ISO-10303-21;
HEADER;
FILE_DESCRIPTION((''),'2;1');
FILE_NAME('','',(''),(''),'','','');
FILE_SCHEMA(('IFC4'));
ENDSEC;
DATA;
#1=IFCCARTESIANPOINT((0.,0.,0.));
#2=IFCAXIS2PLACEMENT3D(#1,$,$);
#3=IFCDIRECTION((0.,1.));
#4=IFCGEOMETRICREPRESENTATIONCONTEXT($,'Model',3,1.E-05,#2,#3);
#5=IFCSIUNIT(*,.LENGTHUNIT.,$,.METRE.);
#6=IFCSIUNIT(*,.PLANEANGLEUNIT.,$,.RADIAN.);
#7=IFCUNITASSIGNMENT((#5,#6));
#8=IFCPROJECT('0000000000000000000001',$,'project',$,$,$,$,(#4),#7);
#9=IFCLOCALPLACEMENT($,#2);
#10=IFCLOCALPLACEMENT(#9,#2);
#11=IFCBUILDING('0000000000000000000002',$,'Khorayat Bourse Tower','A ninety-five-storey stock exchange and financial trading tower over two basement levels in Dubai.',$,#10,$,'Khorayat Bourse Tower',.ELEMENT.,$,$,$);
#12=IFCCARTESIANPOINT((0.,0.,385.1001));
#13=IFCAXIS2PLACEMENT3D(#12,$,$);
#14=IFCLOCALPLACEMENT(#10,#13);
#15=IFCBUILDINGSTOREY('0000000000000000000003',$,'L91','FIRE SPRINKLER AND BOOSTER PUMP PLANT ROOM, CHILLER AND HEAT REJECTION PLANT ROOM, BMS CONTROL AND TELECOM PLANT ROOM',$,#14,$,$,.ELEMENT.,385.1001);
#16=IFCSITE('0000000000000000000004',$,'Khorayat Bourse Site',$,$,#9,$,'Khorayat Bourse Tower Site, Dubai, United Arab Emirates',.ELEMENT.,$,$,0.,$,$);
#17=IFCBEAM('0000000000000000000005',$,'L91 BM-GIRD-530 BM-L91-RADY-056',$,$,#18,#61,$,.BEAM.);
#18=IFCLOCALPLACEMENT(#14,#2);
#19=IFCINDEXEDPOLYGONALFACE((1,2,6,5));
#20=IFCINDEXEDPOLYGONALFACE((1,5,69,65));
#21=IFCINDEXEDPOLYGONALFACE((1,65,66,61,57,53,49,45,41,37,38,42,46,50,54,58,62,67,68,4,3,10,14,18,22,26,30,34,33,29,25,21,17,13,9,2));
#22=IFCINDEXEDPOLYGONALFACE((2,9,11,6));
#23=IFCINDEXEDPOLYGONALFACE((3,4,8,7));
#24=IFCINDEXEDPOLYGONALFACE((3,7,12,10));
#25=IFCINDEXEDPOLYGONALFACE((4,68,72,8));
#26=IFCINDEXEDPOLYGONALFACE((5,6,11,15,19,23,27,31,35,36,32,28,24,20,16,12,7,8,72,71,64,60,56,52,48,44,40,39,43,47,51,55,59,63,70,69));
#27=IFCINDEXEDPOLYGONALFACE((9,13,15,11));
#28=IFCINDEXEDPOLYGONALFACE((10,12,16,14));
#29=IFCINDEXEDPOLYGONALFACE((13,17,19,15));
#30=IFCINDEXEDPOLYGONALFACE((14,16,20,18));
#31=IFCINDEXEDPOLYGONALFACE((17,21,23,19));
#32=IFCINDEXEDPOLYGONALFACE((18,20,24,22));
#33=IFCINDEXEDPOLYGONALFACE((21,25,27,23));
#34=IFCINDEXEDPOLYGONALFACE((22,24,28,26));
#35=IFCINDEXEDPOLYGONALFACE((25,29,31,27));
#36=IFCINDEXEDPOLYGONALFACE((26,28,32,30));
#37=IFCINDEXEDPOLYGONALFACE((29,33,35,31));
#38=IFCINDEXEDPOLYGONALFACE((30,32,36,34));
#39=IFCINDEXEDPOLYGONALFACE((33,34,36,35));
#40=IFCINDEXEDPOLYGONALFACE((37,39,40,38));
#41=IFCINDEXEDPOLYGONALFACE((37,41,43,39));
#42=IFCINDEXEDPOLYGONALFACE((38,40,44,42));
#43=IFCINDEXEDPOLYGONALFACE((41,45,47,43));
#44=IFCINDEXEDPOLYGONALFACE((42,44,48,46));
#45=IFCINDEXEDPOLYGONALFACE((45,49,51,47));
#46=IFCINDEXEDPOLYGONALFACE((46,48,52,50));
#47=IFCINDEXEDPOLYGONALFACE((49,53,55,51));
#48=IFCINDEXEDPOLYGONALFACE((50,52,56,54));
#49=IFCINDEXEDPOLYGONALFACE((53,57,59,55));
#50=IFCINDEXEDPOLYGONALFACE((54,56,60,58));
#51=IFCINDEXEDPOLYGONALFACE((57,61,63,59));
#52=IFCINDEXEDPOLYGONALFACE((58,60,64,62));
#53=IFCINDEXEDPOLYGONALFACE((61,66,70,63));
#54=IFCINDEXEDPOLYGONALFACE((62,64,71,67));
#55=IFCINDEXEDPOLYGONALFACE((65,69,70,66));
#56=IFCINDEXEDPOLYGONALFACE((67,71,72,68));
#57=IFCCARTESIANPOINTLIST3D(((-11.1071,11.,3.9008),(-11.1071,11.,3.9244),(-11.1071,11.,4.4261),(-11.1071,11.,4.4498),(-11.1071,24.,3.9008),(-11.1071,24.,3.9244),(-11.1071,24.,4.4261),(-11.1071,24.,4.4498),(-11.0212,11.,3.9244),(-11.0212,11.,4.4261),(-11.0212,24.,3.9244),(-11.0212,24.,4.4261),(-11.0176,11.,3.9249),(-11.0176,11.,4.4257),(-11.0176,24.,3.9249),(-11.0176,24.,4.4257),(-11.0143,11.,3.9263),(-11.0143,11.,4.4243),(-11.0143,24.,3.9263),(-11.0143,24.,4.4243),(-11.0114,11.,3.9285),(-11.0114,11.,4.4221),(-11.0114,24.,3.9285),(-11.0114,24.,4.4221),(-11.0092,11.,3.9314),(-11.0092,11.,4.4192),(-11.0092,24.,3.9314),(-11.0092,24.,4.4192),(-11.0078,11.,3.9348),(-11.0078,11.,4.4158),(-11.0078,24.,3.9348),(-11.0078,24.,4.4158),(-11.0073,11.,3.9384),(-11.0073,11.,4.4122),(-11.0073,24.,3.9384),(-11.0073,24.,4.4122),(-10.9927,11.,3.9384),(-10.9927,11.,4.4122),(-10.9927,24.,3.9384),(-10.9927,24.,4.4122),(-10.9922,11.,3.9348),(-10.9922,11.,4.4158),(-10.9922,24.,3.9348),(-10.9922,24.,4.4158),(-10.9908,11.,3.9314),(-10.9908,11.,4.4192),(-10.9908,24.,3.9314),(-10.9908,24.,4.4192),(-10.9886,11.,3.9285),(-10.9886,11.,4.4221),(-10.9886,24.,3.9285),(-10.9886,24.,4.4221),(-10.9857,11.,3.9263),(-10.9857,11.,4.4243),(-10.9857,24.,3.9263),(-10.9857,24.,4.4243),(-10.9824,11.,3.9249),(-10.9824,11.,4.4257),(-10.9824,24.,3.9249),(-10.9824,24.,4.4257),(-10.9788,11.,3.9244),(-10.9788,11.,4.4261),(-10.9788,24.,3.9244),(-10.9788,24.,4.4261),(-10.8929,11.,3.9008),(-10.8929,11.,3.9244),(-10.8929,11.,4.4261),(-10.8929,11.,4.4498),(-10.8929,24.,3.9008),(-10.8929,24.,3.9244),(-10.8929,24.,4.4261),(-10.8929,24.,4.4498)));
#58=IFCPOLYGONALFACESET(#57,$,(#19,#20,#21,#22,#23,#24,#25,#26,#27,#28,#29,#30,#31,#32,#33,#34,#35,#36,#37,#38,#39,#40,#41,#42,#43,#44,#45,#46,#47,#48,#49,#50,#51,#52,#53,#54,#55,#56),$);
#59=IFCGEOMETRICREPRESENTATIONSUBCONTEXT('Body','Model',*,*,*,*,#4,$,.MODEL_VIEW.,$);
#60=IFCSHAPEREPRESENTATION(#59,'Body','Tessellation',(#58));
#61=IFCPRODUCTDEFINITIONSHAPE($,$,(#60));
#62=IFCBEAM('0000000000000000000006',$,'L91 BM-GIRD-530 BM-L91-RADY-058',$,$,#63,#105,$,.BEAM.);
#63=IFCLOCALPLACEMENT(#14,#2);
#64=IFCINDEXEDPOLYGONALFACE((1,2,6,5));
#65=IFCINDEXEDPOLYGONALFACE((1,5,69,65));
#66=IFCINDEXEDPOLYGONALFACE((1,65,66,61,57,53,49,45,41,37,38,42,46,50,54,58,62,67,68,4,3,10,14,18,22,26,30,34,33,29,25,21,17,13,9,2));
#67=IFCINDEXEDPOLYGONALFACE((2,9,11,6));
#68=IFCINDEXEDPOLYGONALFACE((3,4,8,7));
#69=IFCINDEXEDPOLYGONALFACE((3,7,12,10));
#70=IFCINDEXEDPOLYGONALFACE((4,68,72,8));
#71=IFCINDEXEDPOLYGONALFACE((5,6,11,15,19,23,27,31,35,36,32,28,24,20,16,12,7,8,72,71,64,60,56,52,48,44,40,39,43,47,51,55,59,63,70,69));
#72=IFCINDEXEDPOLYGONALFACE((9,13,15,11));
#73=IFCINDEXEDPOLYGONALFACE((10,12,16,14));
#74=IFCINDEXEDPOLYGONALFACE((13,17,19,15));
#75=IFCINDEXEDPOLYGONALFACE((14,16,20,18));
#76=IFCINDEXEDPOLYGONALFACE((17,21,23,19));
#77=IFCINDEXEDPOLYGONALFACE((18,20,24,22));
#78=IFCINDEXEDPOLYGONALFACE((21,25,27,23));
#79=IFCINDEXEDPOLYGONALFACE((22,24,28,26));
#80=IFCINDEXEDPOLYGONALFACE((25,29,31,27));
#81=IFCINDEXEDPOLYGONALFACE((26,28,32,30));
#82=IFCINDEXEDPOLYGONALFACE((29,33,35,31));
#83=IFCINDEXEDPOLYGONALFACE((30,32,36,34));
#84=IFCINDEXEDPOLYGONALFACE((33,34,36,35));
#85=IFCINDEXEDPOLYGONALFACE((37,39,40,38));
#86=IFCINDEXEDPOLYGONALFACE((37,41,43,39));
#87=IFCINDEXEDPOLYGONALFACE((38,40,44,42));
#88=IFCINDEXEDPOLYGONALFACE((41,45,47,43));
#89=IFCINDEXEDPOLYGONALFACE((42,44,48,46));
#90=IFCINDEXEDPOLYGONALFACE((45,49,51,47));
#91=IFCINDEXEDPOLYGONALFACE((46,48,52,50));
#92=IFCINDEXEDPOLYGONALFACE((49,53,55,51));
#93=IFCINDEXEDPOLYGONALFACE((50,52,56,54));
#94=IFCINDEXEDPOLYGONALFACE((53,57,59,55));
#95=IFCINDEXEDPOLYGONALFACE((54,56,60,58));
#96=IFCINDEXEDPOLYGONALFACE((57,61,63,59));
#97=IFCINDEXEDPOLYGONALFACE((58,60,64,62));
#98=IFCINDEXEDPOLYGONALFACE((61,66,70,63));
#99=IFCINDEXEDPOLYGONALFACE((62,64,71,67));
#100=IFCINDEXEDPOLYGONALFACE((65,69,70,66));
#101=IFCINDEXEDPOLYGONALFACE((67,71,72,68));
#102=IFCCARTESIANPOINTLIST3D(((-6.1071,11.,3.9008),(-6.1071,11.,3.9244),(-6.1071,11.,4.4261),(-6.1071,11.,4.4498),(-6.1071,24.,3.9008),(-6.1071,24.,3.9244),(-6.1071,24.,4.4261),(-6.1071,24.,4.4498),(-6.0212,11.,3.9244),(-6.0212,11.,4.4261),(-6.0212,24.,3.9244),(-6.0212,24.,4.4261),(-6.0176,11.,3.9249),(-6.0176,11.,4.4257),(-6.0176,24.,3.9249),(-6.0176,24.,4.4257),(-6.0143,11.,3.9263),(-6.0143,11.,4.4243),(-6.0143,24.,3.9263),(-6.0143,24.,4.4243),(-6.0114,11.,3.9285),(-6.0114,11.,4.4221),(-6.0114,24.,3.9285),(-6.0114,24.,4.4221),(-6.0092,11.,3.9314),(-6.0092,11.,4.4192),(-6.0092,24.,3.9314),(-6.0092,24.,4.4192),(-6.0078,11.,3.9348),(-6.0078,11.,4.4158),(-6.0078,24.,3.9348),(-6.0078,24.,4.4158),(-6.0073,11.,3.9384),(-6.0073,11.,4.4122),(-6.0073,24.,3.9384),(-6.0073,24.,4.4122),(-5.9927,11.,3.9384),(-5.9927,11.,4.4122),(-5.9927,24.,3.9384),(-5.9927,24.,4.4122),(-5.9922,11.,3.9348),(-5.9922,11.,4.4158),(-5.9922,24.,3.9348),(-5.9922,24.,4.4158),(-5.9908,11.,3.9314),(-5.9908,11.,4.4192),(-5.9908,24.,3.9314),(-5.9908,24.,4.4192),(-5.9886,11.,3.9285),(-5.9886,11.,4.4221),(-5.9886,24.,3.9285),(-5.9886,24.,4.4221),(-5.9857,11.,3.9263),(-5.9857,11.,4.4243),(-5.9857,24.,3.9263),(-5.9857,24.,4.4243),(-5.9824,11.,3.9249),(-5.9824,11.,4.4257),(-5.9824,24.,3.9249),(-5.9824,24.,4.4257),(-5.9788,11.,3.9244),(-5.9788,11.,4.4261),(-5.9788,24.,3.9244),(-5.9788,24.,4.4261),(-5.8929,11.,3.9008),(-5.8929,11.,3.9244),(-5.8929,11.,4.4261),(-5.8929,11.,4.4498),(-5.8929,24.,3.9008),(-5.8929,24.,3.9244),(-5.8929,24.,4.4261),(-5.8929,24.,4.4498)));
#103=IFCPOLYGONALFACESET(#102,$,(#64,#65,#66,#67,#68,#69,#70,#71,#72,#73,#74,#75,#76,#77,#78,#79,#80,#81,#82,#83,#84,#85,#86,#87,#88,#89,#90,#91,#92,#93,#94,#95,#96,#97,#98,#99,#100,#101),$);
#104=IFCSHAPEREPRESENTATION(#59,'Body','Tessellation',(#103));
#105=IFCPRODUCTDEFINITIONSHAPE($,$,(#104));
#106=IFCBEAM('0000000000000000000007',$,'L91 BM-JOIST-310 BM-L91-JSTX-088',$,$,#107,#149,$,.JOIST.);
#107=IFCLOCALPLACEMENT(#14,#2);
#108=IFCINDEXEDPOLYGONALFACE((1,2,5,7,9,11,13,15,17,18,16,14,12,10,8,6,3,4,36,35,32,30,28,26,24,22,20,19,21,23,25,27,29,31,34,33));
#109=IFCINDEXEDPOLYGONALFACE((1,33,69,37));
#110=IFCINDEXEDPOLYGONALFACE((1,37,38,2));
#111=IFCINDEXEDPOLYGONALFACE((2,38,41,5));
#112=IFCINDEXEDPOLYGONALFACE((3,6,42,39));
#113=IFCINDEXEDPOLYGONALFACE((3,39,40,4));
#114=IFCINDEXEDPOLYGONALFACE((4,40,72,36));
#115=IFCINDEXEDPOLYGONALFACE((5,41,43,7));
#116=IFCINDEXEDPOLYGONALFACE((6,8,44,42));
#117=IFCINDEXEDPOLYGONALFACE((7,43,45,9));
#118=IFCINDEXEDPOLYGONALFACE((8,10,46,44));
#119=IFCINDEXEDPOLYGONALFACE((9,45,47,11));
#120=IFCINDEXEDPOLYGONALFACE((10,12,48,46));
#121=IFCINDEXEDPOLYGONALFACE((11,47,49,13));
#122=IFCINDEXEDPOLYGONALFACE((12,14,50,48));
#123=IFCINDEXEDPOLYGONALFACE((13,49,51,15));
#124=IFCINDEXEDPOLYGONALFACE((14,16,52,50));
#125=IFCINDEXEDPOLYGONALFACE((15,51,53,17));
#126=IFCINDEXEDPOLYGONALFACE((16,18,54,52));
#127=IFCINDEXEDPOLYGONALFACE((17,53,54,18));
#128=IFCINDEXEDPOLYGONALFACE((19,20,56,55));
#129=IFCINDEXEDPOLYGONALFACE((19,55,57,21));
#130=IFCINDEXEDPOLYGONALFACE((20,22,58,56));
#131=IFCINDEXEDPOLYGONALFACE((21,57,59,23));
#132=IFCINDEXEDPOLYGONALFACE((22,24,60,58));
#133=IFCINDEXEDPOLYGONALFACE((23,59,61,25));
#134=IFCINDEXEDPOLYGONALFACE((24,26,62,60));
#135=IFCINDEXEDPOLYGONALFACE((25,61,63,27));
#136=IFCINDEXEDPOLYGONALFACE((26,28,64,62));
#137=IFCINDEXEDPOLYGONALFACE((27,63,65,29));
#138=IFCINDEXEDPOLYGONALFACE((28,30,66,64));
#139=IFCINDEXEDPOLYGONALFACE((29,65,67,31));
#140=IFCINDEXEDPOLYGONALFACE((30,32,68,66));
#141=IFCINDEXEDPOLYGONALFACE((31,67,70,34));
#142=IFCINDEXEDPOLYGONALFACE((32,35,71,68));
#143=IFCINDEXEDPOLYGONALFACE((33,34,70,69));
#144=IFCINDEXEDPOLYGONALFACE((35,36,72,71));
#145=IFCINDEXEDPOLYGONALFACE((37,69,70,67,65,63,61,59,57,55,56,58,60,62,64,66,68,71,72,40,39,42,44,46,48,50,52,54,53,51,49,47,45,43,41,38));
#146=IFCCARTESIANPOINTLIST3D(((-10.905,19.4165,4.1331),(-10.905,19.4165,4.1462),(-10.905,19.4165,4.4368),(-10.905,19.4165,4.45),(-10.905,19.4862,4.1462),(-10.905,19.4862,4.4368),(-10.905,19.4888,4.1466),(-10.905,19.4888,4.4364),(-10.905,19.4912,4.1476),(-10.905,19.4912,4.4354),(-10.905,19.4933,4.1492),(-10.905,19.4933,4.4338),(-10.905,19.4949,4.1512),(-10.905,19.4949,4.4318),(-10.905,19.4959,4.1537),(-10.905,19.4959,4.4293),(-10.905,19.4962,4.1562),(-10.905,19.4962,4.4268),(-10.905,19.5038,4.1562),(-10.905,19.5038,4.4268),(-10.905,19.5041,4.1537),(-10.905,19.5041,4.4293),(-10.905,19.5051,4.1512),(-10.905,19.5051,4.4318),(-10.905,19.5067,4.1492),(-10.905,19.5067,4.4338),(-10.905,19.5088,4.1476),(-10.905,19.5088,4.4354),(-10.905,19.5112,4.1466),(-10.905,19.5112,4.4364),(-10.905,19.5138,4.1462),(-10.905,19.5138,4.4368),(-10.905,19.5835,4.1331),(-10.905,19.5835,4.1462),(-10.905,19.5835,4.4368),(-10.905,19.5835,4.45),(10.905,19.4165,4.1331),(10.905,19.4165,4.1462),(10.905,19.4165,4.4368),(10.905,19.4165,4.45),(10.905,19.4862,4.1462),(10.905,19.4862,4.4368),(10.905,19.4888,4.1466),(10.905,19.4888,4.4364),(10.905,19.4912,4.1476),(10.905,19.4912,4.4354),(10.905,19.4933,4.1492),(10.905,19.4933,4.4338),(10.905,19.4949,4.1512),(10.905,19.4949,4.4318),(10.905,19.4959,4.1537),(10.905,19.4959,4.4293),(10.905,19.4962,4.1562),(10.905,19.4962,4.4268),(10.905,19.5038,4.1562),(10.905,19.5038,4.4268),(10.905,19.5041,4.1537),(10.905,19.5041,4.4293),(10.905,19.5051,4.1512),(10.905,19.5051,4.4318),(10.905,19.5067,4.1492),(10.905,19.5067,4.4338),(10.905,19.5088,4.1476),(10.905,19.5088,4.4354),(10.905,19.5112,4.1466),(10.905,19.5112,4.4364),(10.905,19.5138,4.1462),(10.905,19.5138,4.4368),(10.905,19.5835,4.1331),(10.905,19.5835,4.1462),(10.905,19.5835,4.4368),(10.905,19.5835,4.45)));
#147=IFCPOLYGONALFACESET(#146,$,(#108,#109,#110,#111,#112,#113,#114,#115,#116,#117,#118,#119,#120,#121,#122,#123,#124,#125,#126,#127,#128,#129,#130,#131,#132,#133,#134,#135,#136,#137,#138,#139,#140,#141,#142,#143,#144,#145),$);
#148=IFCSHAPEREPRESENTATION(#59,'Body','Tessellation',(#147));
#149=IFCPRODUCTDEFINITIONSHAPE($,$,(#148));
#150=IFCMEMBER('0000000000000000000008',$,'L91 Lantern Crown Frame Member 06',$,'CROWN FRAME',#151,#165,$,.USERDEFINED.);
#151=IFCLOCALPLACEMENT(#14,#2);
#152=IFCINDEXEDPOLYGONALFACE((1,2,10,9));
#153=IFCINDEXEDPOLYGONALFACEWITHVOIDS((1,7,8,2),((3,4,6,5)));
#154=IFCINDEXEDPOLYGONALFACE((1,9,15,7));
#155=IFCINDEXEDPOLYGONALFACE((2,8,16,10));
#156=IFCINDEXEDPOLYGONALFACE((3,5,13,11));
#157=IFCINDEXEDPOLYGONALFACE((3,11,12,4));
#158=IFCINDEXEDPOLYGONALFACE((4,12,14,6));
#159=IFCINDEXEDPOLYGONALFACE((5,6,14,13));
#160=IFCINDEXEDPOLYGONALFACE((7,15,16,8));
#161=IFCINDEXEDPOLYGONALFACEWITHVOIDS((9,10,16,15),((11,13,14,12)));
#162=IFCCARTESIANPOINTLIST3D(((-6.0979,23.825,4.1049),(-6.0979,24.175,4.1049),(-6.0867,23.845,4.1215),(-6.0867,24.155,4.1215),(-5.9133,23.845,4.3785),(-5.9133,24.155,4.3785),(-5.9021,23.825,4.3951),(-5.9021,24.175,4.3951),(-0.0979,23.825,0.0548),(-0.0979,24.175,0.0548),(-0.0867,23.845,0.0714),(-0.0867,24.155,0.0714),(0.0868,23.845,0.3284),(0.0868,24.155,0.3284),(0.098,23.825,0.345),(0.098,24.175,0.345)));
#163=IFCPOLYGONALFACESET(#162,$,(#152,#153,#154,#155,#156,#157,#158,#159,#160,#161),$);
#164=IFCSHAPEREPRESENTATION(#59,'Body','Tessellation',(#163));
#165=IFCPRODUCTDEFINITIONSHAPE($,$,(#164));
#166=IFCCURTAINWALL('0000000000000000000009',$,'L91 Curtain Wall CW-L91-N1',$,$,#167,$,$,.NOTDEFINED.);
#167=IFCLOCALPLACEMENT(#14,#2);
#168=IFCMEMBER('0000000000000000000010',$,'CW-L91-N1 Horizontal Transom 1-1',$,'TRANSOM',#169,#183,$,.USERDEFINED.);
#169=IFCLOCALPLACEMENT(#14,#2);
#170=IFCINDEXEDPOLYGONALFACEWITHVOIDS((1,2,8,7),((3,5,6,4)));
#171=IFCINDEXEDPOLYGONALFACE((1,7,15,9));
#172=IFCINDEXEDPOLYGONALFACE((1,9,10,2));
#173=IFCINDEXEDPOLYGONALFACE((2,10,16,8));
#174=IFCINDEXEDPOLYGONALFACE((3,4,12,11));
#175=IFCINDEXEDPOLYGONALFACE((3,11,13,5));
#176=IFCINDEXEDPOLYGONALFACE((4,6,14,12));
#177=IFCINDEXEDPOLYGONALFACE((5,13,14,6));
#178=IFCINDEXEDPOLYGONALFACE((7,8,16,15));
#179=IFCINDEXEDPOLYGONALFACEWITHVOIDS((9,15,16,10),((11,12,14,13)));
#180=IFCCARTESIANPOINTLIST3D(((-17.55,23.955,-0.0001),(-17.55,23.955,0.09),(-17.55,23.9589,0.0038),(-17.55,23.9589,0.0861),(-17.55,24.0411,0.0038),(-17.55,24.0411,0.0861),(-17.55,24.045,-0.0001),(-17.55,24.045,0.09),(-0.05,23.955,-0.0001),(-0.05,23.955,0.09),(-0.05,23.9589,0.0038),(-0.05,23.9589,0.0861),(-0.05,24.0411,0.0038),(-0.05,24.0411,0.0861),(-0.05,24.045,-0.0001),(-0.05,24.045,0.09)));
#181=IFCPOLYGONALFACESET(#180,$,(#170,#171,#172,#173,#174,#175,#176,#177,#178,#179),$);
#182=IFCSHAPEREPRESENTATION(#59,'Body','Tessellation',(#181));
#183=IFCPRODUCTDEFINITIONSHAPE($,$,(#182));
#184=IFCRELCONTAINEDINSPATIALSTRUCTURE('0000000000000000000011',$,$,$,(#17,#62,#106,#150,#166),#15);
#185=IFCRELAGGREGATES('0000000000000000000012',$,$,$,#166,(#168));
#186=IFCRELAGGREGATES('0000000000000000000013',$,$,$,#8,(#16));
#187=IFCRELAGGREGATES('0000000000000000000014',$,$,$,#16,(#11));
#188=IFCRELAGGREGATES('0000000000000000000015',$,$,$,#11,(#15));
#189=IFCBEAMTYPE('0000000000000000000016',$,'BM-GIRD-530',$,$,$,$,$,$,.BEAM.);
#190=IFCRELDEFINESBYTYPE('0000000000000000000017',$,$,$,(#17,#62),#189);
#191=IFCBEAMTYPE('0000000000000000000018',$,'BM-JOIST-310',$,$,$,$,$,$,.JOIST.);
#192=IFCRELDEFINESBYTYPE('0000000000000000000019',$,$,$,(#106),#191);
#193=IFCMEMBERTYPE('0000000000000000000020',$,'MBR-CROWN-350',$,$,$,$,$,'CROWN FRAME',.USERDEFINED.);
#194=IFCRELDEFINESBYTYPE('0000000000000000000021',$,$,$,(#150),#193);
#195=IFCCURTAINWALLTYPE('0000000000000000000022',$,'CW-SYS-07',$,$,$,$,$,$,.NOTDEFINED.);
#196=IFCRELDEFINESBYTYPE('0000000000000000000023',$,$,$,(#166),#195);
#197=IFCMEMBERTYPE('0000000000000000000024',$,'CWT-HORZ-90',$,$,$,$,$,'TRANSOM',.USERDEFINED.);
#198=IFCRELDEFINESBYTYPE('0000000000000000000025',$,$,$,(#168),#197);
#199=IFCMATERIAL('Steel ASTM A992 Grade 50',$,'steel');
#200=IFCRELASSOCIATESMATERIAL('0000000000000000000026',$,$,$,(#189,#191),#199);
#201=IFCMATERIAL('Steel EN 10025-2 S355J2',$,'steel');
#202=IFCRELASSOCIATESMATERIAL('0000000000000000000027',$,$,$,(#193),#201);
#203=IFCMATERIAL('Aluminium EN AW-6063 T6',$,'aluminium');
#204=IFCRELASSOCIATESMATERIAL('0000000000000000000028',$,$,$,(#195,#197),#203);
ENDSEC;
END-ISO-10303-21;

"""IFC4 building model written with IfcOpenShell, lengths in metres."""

from ifc_helpers import new_model, si_unit, direction, frame, origin, origin_2d, place, context, subcontext, project, spatial, hollow_rectangle, i_section, extrude, source, transform, mapped, material, material_profile, profile_set, type_object, element, aggregate, save


model = new_model("IFC4")

# Units and contexts
model_context = context("Model", 3, precision=1e-05, world=origin(), true_north=direction((0.0, 1.0)))
body_context = subcontext(model_context, "Body", "Model", "MODEL_VIEW")
ifc_project = project(units=[si_unit("LENGTHUNIT", "METRE"), si_unit("PLANEANGLEUNIT", "RADIAN")], contexts=[model_context])

# Site, building, storey
site_placement = place(None, origin())
site = spatial("IfcSite", under=ifc_project, at=site_placement, Name="Khorayat Bourse Site", LongName="Khorayat Bourse Tower Site, Dubai, United Arab Emirates", CompositionType="ELEMENT", RefElevation=0.0)
building_placement = place(site_placement, origin())
building = spatial("IfcBuilding", under=site, at=building_placement, Name="Khorayat Bourse Tower", Description="A ninety-five-storey stock exchange and financial trading tower over two basement levels in Dubai.", LongName="Khorayat Bourse Tower", CompositionType="ELEMENT")
storey_placement = place(building_placement, frame((0.0, 0.0, 385.1001)))
storey = spatial("IfcBuildingStorey", under=building, at=storey_placement, Name="L91", Description="FIRE SPRINKLER AND BOOSTER PUMP PLANT ROOM, CHILLER AND HEAT REJECTION PLANT ROOM, BMS CONTROL AND TELECOM PLANT ROOM", CompositionType="ELEMENT", Elevation=385.1001)

# Shared definitions
ifc_material_1 = material(Name="Steel EN 10025-2 S355J2", Category="steel")

# Beams
ifc_material_2 = material(Name="Steel ASTM A992 Grade 50", Category="steel")
ifc_material_profile_1 = material_profile(ifc_material_2, i_section(OverallWidth=0.2141, OverallDepth=0.5491, WebThickness=0.0146, FlangeThickness=0.0237, FilletRadius=0.0139, at=origin_2d()), Name="W530X138")
ifc_profile_set_1 = profile_set([ifc_material_profile_1], Name="Steel ASTM A992 Grade 50")
beam_type_1 = type_object("IfcBeamType", Name="BM-GIRD-530", PredefinedType="BEAM", material=ifc_profile_set_1)
shared_shape_1 = source(origin(), body_context, "Body", "SweptSolid", [
    extrude(i_section(OverallWidth=0.2141, OverallDepth=0.5491, WebThickness=0.0146, FlangeThickness=0.0237, FilletRadius=0.0139, at=origin_2d()), origin(), (0.0, 0.0, 1.0), 13.0),
])
for number, where, z_axis, x_axis, name in (
    (1, (-11.0, 11.0, 4.1753), (0.0, 1.0, 0.0), (-1.0, 0.0, 0.0), "L91 BM-GIRD-530 BM-L91-RADY-056"),
    (2, (-6.0, 11.0, 4.1753), (0.0, 1.0, 0.0), (-1.0, 0.0, 0.0), "L91 BM-GIRD-530 BM-L91-RADY-058"),
):
    element("IfcBeam", number, at=place(storey_placement, frame(where, z_axis=z_axis, x_axis=x_axis)), inside=storey, type_object=beam_type_1, Name=name, PredefinedType="BEAM", context=body_context, shape_type="MappedRepresentation", body=[
        mapped(shared_shape_1, transform((0.0, 0.0, 0.0), scale=1.0)),
    ])
ifc_material_profile_2 = material_profile(ifc_material_2, i_section(OverallWidth=0.167, OverallDepth=0.3169, WebThickness=0.0076, FlangeThickness=0.0132, FilletRadius=0.01, at=origin_2d()), Name="W310X52")
ifc_profile_set_2 = profile_set([ifc_material_profile_2], Name="Steel ASTM A992 Grade 50")
beam_type_2 = type_object("IfcBeamType", Name="BM-JOIST-310", PredefinedType="JOIST", material=ifc_profile_set_2)
shared_shape_2 = source(origin(), body_context, "Body", "SweptSolid", [
    extrude(i_section(OverallWidth=0.167, OverallDepth=0.3169, WebThickness=0.0076, FlangeThickness=0.0132, FilletRadius=0.01, at=origin_2d()), origin(), (0.0, 0.0, 1.0), 21.8101),
])
beam_1_placement = place(storey_placement, frame((-10.905, 19.5, 4.2915), z_axis=(1.0, 0.0, 0.0), x_axis=(0.0, 1.0, 0.0)))
element("IfcBeam", 3, at=beam_1_placement, inside=storey, type_object=beam_type_2, Name="L91 BM-JOIST-310 BM-L91-JSTX-088", PredefinedType="JOIST", context=body_context, shape_type="MappedRepresentation", body=[
    mapped(shared_shape_2, transform((0.0, 0.0, 0.0), scale=1.0)),
])

# Member
ifc_material_profile_3 = material_profile(ifc_material_1, hollow_rectangle(XDim=0.3501, YDim=0.3501, WallThickness=0.02, at=origin_2d()), Name="HSS 350x350x20")
ifc_profile_set_3 = profile_set([ifc_material_profile_3], Name="Steel EN 10025-2 S355J2")
member_type_1 = type_object("IfcMemberType", Name="MBR-CROWN-350", ElementType="CROWN FRAME", PredefinedType="USERDEFINED", material=ifc_profile_set_3)
shared_shape_3 = source(origin(), body_context, "Body", "SweptSolid", [
    extrude(hollow_rectangle(XDim=0.3501, YDim=0.3501, WallThickness=0.02, at=origin_2d()), origin(), (0.0, 0.0, 1.0), 7.239),
])
member_1_placement = place(storey_placement, frame((-6.0, 24.0, 4.25), z_axis=(0.828846, 0.0, -0.559477), x_axis=(0.0, 1.0, 0.0)))
element("IfcMember", 4, at=member_1_placement, inside=storey, type_object=member_type_1, Name="L91 Lantern Crown Frame Member 06", ObjectType="CROWN FRAME", PredefinedType="USERDEFINED", context=body_context, shape_type="MappedRepresentation", body=[
    mapped(shared_shape_3, transform((0.0, 0.0, 0.0), scale=1.0)),
])

# Curtain wall, member
ifc_material_3 = material(Name="Aluminium EN AW-6063 T6", Category="aluminium")
curtain_wall_type = type_object("IfcCurtainWallType", Name="CW-SYS-07", PredefinedType="NOTDEFINED", material=ifc_material_3)
curtain_wall_placement = place(storey_placement, origin())
curtain_wall = element("IfcCurtainWall", 5, at=curtain_wall_placement, inside=storey, type_object=curtain_wall_type, Name="L91 Curtain Wall CW-L91-N1", PredefinedType="NOTDEFINED")
ifc_material_profile_4 = material_profile(ifc_material_3, hollow_rectangle(XDim=0.0901, YDim=0.0901, WallThickness=0.0039, at=origin_2d()), Name="ALU 90x90x4")
ifc_profile_set_4 = profile_set([ifc_material_profile_4], Name="Aluminium EN AW-6063 T6")
member_type_2 = type_object("IfcMemberType", Name="CWT-HORZ-90", ElementType="TRANSOM", PredefinedType="USERDEFINED", material=ifc_profile_set_4)
shared_shape_4 = source(origin(), body_context, "Body", "SweptSolid", [
    extrude(hollow_rectangle(XDim=0.0901, YDim=0.0901, WallThickness=0.0039, at=origin_2d()), origin(), (0.0, 0.0, 1.0), 17.5),
])
member_2_placement = place(storey_placement, frame((-17.55, 24.0, 0.0449), z_axis=(1.0, 0.0, 0.0), x_axis=(0.0, 1.0, 0.0)))
member_2 = element("IfcMember", 6, at=member_2_placement, type_object=member_type_2, Name="CW-L91-N1 Horizontal Transom 1-1", ObjectType="TRANSOM", PredefinedType="USERDEFINED", context=body_context, shape_type="MappedRepresentation", body=[
    mapped(shared_shape_4, transform((0.0, 0.0, 0.0), scale=1.0)),
])

aggregate(curtain_wall, [member_2])

save(model, "model.ifc")
